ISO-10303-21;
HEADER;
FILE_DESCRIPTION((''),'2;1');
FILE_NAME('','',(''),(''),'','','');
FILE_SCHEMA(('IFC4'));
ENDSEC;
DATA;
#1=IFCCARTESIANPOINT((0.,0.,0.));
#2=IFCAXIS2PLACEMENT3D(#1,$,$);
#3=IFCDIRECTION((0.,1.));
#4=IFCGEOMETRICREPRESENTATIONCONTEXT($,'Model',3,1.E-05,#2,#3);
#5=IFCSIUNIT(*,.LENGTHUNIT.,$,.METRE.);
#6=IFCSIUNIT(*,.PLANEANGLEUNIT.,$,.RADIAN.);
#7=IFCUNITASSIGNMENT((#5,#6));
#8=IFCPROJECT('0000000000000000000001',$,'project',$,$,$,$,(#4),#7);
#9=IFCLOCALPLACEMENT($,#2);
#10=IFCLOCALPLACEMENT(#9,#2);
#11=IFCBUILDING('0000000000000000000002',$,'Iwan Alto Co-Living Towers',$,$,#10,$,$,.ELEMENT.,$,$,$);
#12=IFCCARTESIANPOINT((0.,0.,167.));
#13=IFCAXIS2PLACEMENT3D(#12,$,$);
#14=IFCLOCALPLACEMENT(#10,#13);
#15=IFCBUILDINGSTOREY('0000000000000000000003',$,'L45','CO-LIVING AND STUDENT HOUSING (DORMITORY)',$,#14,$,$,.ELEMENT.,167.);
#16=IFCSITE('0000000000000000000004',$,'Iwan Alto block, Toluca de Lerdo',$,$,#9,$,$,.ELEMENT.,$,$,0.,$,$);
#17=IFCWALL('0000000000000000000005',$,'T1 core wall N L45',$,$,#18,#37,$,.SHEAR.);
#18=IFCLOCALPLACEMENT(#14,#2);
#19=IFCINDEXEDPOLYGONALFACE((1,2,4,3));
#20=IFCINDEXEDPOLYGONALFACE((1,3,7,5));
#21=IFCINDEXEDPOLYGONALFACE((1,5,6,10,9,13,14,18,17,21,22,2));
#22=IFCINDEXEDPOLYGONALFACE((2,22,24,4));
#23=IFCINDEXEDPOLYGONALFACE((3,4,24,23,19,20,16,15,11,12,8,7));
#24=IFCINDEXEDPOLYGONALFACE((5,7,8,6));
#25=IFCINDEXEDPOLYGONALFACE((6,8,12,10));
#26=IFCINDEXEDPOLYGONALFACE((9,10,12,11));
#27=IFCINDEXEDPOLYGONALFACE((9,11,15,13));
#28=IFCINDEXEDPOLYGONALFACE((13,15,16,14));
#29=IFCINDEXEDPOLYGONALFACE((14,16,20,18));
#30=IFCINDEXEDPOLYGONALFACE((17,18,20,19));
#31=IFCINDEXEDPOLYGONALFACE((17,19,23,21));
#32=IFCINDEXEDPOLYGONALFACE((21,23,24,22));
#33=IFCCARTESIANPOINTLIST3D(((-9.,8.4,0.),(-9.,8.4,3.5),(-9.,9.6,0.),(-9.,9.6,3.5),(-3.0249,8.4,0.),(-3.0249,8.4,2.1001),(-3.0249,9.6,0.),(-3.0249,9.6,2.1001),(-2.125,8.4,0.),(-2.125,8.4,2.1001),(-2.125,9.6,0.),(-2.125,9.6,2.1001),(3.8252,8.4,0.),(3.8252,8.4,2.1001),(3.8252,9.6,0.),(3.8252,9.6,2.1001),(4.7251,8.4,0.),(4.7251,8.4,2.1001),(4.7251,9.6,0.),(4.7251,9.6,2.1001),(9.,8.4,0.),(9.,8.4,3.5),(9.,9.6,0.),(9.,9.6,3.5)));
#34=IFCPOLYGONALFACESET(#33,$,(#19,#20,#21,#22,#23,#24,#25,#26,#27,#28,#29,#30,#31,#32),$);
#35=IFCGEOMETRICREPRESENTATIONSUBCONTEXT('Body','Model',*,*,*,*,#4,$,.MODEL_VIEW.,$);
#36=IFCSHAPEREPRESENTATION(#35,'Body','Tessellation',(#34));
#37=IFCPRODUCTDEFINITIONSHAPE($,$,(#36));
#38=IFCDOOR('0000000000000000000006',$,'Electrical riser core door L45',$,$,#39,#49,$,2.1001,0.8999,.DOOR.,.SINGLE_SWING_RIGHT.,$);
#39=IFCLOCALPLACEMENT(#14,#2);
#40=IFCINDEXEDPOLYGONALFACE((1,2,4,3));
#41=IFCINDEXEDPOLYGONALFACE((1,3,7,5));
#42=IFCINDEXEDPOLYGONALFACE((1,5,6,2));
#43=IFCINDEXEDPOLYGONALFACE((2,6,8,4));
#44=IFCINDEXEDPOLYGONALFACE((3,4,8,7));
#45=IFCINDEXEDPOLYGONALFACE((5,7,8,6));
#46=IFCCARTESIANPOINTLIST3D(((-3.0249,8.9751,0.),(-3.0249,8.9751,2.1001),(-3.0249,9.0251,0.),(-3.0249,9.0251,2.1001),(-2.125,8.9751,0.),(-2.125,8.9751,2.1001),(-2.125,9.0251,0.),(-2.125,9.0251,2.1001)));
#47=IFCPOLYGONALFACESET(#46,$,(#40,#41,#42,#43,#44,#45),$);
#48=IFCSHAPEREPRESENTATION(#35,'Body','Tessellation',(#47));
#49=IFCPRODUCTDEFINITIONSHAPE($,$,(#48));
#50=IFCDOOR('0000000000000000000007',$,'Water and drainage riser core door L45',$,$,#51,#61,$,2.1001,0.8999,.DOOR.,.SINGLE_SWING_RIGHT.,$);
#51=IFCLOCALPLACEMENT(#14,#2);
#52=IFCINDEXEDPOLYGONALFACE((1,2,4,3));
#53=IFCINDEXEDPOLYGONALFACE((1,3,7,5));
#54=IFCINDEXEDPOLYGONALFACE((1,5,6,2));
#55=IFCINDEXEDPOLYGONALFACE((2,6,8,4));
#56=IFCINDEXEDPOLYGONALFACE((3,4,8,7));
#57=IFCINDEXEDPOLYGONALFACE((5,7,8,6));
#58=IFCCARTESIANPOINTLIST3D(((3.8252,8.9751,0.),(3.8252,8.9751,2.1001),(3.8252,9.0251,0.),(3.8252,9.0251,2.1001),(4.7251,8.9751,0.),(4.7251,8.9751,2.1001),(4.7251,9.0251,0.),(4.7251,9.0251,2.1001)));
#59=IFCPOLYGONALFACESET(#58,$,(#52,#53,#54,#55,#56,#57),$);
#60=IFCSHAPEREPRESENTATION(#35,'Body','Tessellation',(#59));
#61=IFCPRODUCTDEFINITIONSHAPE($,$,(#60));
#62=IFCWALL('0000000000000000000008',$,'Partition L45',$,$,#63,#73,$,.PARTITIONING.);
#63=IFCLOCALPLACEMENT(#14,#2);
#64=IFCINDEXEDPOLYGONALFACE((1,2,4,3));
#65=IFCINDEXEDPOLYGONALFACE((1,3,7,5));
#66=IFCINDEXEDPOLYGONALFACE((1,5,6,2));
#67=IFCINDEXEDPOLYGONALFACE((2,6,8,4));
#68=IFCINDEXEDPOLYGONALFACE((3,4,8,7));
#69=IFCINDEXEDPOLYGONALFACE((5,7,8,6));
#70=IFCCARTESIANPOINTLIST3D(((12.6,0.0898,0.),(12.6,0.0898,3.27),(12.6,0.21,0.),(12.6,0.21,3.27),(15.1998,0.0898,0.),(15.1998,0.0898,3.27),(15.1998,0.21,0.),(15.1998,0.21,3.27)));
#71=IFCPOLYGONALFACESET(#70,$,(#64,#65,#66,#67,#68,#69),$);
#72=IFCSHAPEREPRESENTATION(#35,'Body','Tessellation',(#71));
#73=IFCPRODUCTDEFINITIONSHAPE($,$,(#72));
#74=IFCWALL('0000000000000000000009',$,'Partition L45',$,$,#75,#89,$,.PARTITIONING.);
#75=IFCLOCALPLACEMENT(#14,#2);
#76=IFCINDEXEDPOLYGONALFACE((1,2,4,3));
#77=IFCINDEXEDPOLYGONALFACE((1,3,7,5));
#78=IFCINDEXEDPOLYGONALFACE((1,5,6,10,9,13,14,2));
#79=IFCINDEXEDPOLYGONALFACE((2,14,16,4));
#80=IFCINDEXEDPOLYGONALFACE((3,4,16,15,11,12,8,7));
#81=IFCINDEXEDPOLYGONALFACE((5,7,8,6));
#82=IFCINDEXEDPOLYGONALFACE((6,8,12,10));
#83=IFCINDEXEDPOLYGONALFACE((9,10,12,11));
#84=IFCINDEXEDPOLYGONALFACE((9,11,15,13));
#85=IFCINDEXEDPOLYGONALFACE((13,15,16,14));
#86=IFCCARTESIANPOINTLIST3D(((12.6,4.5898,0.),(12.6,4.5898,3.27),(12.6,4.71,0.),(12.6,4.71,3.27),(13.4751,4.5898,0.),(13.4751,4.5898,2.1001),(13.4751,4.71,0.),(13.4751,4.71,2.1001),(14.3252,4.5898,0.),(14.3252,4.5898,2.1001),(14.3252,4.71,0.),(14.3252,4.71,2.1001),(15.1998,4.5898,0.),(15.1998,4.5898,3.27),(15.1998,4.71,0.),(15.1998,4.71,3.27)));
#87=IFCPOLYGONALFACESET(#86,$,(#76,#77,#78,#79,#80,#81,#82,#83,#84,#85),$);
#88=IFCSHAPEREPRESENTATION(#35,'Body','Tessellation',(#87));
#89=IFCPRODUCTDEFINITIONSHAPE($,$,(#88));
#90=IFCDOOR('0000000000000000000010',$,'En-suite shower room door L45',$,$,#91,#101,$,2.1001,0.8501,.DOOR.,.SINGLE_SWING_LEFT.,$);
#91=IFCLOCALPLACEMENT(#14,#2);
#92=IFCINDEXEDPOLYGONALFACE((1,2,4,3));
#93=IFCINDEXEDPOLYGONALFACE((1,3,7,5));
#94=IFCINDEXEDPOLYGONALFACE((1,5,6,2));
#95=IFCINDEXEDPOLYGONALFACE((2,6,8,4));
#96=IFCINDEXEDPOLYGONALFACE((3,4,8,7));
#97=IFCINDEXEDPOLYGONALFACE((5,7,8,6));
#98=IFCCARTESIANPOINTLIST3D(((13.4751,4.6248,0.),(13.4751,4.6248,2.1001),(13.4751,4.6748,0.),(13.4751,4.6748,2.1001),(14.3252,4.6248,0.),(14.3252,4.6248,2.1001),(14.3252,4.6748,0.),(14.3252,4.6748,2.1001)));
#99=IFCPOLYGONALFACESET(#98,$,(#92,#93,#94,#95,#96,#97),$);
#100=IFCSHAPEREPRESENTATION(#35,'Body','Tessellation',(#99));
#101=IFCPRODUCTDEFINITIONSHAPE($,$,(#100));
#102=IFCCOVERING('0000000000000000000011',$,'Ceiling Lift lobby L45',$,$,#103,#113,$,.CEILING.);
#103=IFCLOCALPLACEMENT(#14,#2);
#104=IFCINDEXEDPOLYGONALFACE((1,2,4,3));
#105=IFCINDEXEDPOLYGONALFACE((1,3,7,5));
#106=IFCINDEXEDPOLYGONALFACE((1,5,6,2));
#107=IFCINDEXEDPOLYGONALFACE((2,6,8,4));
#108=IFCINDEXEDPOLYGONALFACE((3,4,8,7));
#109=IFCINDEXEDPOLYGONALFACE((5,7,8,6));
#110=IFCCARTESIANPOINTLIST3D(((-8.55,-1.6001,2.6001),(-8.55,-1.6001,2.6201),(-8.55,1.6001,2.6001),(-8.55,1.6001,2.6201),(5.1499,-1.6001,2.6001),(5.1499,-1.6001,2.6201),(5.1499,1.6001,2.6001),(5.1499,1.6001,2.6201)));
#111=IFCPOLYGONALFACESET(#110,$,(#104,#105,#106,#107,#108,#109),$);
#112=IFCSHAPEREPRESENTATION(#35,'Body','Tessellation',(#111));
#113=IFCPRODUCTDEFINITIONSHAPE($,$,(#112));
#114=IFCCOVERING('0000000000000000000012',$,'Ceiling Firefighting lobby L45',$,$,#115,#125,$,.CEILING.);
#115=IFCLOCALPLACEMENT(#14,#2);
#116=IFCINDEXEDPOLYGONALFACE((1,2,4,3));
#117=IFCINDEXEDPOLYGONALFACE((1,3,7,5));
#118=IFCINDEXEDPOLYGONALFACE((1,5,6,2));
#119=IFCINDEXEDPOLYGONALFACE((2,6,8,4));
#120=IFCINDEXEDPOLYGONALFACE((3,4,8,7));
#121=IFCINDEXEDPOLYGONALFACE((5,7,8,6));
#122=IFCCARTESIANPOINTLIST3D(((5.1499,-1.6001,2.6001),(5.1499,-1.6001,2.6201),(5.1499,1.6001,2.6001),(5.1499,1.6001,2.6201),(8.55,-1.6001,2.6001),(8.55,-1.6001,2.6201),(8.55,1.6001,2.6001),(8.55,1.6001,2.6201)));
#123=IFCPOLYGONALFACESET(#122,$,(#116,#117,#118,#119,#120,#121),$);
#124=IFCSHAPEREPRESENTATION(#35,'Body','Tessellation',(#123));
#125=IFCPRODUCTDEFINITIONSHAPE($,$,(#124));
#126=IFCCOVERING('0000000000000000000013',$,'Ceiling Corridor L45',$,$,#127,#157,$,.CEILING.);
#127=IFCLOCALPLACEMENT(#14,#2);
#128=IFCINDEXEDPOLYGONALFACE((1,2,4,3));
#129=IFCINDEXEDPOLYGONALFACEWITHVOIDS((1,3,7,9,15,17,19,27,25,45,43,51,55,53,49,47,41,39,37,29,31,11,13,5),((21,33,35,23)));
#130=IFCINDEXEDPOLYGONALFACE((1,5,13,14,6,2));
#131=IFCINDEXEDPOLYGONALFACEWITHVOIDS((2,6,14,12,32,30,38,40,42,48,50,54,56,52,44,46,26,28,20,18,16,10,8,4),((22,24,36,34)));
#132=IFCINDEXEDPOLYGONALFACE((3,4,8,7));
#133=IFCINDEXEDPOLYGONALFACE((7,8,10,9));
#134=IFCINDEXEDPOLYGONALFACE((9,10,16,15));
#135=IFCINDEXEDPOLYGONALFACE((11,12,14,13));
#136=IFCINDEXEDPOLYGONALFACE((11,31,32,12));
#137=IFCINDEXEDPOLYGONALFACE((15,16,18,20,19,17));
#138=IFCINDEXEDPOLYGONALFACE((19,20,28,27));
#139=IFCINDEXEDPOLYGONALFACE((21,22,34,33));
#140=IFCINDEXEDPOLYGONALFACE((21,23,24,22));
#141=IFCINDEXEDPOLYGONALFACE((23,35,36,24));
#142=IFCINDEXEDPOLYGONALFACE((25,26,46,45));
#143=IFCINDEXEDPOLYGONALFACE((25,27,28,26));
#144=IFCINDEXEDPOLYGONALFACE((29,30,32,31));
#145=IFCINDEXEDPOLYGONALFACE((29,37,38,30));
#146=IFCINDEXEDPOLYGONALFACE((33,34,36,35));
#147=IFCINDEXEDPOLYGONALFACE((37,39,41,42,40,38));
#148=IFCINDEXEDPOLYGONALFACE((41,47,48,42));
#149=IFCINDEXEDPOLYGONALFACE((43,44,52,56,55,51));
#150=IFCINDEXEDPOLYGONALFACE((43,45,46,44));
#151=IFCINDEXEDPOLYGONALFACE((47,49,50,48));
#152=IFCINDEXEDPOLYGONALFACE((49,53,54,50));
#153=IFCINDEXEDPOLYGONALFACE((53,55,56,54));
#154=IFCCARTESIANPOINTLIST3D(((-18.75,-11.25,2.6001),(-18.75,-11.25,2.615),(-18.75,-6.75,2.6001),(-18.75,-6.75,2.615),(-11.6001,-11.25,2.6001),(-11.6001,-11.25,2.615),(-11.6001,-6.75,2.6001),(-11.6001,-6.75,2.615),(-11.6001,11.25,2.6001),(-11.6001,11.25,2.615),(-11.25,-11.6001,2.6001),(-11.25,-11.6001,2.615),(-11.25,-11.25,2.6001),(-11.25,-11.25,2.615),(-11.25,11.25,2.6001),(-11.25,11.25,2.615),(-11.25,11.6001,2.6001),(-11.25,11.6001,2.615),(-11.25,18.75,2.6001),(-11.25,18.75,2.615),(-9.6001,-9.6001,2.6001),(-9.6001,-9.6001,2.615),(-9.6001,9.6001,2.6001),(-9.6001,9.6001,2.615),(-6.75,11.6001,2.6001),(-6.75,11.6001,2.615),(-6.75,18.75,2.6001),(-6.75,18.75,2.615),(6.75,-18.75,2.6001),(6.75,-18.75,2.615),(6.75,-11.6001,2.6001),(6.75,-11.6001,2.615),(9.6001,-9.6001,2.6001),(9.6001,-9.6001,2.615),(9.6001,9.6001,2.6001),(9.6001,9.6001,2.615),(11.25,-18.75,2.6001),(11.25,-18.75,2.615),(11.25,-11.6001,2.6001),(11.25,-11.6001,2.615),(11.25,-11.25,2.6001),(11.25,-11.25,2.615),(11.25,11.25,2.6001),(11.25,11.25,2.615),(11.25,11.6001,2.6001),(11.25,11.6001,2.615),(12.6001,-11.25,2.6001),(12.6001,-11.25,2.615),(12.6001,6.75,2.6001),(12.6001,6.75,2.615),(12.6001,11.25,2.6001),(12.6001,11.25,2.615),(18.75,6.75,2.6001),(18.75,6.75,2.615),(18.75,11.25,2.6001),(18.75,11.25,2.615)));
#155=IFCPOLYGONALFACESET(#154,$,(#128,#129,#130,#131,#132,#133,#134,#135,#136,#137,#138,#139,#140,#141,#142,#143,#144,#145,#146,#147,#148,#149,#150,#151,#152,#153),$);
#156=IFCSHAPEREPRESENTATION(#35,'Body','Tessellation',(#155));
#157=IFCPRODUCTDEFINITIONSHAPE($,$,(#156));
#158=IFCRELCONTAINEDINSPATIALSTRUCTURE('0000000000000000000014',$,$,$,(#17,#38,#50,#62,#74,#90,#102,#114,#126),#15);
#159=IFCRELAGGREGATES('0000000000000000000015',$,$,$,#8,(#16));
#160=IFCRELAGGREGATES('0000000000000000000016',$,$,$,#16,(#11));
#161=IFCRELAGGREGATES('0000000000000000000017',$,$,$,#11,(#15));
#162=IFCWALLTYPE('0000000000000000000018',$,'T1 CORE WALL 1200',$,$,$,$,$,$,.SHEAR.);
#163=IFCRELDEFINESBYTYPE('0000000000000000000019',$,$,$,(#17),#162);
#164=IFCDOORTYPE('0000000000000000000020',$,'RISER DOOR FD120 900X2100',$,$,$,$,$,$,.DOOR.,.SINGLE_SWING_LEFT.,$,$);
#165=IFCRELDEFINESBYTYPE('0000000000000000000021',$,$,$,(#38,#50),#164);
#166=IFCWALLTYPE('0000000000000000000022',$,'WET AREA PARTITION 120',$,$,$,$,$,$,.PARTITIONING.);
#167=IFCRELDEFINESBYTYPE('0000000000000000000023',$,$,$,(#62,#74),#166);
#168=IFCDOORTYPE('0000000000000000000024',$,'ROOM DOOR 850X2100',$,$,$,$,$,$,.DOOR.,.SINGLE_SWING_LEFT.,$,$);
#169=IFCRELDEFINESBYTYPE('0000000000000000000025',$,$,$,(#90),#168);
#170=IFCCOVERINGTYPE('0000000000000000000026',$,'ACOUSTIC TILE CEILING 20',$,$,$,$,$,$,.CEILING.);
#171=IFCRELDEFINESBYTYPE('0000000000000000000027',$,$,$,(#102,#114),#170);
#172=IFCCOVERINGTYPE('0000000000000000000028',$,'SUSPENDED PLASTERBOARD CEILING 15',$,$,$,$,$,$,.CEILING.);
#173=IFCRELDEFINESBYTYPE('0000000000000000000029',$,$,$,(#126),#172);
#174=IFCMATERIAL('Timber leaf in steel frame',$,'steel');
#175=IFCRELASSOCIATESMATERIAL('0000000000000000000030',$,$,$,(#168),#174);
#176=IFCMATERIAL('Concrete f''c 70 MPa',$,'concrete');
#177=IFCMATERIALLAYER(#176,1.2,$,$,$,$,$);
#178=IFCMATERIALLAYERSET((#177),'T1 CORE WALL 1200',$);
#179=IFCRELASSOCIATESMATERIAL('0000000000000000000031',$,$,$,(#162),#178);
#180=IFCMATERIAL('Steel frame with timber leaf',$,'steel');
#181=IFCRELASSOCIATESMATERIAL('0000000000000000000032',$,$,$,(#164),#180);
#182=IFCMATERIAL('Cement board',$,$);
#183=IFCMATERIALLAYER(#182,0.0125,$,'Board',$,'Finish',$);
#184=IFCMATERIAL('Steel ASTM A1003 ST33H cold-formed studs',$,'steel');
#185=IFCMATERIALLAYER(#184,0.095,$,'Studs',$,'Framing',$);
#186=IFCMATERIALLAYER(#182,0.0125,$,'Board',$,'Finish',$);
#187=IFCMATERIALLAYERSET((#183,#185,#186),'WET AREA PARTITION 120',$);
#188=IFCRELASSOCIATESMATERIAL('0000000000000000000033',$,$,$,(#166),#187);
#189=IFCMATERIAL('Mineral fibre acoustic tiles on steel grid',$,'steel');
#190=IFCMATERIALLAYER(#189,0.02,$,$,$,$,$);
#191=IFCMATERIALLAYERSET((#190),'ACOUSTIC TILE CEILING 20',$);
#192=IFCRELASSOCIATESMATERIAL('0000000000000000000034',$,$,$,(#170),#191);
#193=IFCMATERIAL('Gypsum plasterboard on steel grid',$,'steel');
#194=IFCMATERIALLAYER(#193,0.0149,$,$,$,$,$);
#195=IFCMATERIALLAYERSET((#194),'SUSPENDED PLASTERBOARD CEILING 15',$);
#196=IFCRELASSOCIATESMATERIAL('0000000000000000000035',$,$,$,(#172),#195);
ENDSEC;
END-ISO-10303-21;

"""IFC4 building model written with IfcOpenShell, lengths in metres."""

from ifc_helpers import new_model, si_unit, direction, frame, frame_2d, origin, place, context, subcontext, project, spatial, polyline, rectangle, outline, extrude, material, layer, layer_set, type_object, element, fill, save


model = new_model("IFC4")

# Units and contexts
model_context = context("Model", 3, precision=1e-05, world=origin(), true_north=direction((0.0, 1.0)))
body_context = subcontext(model_context, "Body", "Model", "MODEL_VIEW")
ifc_project = project(units=[si_unit("LENGTHUNIT", "METRE"), si_unit("PLANEANGLEUNIT", "RADIAN")], contexts=[model_context])

# Site, building, storey
site_placement = place(None, origin())
site = spatial("IfcSite", under=ifc_project, at=site_placement, Name="Iwan Alto block, Toluca de Lerdo", CompositionType="ELEMENT", RefElevation=0.0)
building_placement = place(site_placement, origin())
building = spatial("IfcBuilding", under=site, at=building_placement, Name="Iwan Alto Co-Living Towers", CompositionType="ELEMENT")
storey_placement = place(building_placement, frame((0.0, 0.0, 167.0)))
storey = spatial("IfcBuildingStorey", under=building, at=storey_placement, Name="L45", Description="CO-LIVING AND STUDENT HOUSING (DORMITORY)", CompositionType="ELEMENT", Elevation=167.0)

# Shared definitions
ifc_material_1 = material(Name="Steel ASTM A1003 ST33H cold-formed studs", Category="steel")
ifc_material_2 = material(Name="Timber leaf in steel frame", Category="steel")
door_type_1 = type_object("IfcDoorType", Name="ROOM DOOR 850X2100", OperationType="SINGLE_SWING_LEFT", PredefinedType="DOOR", material=ifc_material_2)

# Wall, openings, doors
ifc_material_3 = material(Name="Concrete f'c 70 MPa", Category="concrete")
ifc_layer_1 = layer(ifc_material_3, 1.2)
ifc_layer_set_1 = layer_set([ifc_layer_1], Name="T1 CORE WALL 1200")
wall_type_1 = type_object("IfcWallType", Name="T1 CORE WALL 1200", PredefinedType="SHEAR", material=ifc_layer_set_1)
wall_1_placement = place(storey_placement, frame((9.0, 9.0, 0.0), z_axis=(0.0, 0.0, 1.0), x_axis=(-1.0, 0.0, 0.0)))
wall_1 = element("IfcWall", 1, at=wall_1_placement, inside=storey, type_object=wall_type_1, Name="T1 core wall N L45", PredefinedType="SHEAR", context=body_context, shape_type="SweptSolid", body=[
    extrude(rectangle(XDim=18.0, YDim=1.2, at=frame_2d((9.0, 0.0))), origin(), (0.0, 0.0, 1.0), 3.5),
])
opening_1_placement = place(wall_1_placement, frame((11.125, 0.0, 0.0)))
opening_1 = element("IfcOpeningElement", 2, at=opening_1_placement, cuts=wall_1, PredefinedType="OPENING", context=body_context, shape_type="SweptSolid", body=[
    extrude(rectangle(XDim=0.8999, YDim=2.1001, at=frame_2d((0.45, 1.05))), frame((0.0, 0.6099, 0.0), z_axis=(0.0, -1.0, 0.0), x_axis=(1.0, 0.0, 0.0)), (0.0, 0.0, 1.0), 1.22),
])
opening_2_placement = place(wall_1_placement, frame((4.2749, 0.0, 0.0)))
opening_2 = element("IfcOpeningElement", 3, at=opening_2_placement, cuts=wall_1, PredefinedType="OPENING", context=body_context, shape_type="SweptSolid", body=[
    extrude(rectangle(XDim=0.8999, YDim=2.1001, at=frame_2d((0.45, 1.05))), frame((0.0, 0.6099, 0.0), z_axis=(0.0, -1.0, 0.0), x_axis=(1.0, 0.0, 0.0)), (0.0, 0.0, 1.0), 1.22),
])
ifc_material_4 = material(Name="Steel frame with timber leaf", Category="steel")
door_type_2 = type_object("IfcDoorType", Name="RISER DOOR FD120 900X2100", OperationType="SINGLE_SWING_LEFT", PredefinedType="DOOR", material=ifc_material_4)
door_1_placement = place(opening_1_placement, origin())
door_1 = element("IfcDoor", 4, at=door_1_placement, inside=storey, type_object=door_type_2, Name="Electrical riser core door L45", OperationType="SINGLE_SWING_RIGHT", OverallHeight=2.1001, OverallWidth=0.8999, PredefinedType="DOOR", context=body_context, shape_type="SweptSolid", body=[
    extrude(rectangle(XDim=0.8999, YDim=2.1001, at=frame_2d((0.45, 1.05))), frame((0.0, 0.0249, 0.0), z_axis=(0.0, -1.0, 0.0), x_axis=(1.0, 0.0, 0.0)), (0.0, 0.0, 1.0), 0.05),
])
fill(opening_1, door_1)
door_2_placement = place(opening_2_placement, origin())
door_2 = element("IfcDoor", 5, at=door_2_placement, inside=storey, type_object=door_type_2, Name="Water and drainage riser core door L45", OperationType="SINGLE_SWING_RIGHT", OverallHeight=2.1001, OverallWidth=0.8999, PredefinedType="DOOR", context=body_context, shape_type="SweptSolid", body=[
    extrude(rectangle(XDim=0.8999, YDim=2.1001, at=frame_2d((0.45, 1.05))), frame((0.0, 0.0249, 0.0), z_axis=(0.0, -1.0, 0.0), x_axis=(1.0, 0.0, 0.0)), (0.0, 0.0, 1.0), 0.05),
])
fill(opening_2, door_2)

# Wall
ifc_material_5 = material(Name="Cement board")
ifc_layer_2 = layer(ifc_material_5, 0.0125, Name="Board", Category="Finish")
ifc_layer_3 = layer(ifc_material_1, 0.095, Name="Studs", Category="Framing")
ifc_layer_4 = layer(ifc_material_5, 0.0125, Name="Board", Category="Finish")
ifc_layer_set_2 = layer_set([ifc_layer_2, ifc_layer_3, ifc_layer_4], Name="WET AREA PARTITION 120")
wall_type_2 = type_object("IfcWallType", Name="WET AREA PARTITION 120", PredefinedType="PARTITIONING", material=ifc_layer_set_2)
wall_2_placement = place(storey_placement, frame((12.6001, 0.1499, 0.0), z_axis=(0.0, 0.0, 1.0), x_axis=(1.0, 0.0, 0.0)))
element("IfcWall", 6, at=wall_2_placement, inside=storey, type_object=wall_type_2, Name="Partition L45", PredefinedType="PARTITIONING", context=body_context, shape_type="SweptSolid", body=[
    extrude(rectangle(XDim=2.5999, YDim=0.1201, at=frame_2d((1.2998, 0.0))), origin(), (0.0, 0.0, 1.0), 3.27),
])

# Wall, opening, door
wall_3_placement = place(storey_placement, frame((12.6001, 4.6499, 0.0), z_axis=(0.0, 0.0, 1.0), x_axis=(1.0, 0.0, 0.0)))
wall_3 = element("IfcWall", 7, at=wall_3_placement, inside=storey, type_object=wall_type_2, Name="Partition L45", PredefinedType="PARTITIONING", context=body_context, shape_type="SweptSolid", body=[
    extrude(rectangle(XDim=2.5999, YDim=0.1201, at=frame_2d((1.2998, 0.0))), origin(), (0.0, 0.0, 1.0), 3.27),
])
opening_3_placement = place(wall_3_placement, frame((0.875, 0.0, 0.0)))
opening_3 = element("IfcOpeningElement", 8, at=opening_3_placement, cuts=wall_3, PredefinedType="OPENING", context=body_context, shape_type="SweptSolid", body=[
    extrude(rectangle(XDim=0.8501, YDim=2.1001, at=frame_2d((0.425, 1.05))), frame((0.0, 0.0701, 0.0), z_axis=(0.0, -1.0, 0.0), x_axis=(1.0, 0.0, 0.0)), (0.0, 0.0, 1.0), 0.1401),
])
door_3_placement = place(opening_3_placement, origin())
door_3 = element("IfcDoor", 9, at=door_3_placement, inside=storey, type_object=door_type_1, Name="En-suite shower room door L45", OperationType="SINGLE_SWING_LEFT", OverallHeight=2.1001, OverallWidth=0.8501, PredefinedType="DOOR", context=body_context, shape_type="SweptSolid", body=[
    extrude(rectangle(XDim=0.8501, YDim=2.1001, at=frame_2d((0.425, 1.05))), frame((0.0, 0.0249, 0.0), z_axis=(0.0, -1.0, 0.0), x_axis=(1.0, 0.0, 0.0)), (0.0, 0.0, 1.0), 0.05),
])
fill(opening_3, door_3)

# Coverings
ifc_material_6 = material(Name="Mineral fibre acoustic tiles on steel grid", Category="steel")
ifc_layer_5 = layer(ifc_material_6, 0.02)
ifc_layer_set_3 = layer_set([ifc_layer_5], Name="ACOUSTIC TILE CEILING 20")
covering_type_1 = type_object("IfcCoveringType", Name="ACOUSTIC TILE CEILING 20", PredefinedType="CEILING", material=ifc_layer_set_3)
covering_1_placement = place(storey_placement, frame((0.0, 0.0, 2.6001)))
element("IfcCovering", 10, at=covering_1_placement, inside=storey, type_object=covering_type_1, Name="Ceiling Lift lobby L45", PredefinedType="CEILING", context=body_context, shape_type="SweptSolid", body=[
    extrude(outline(polyline([(-8.55, -1.6001), (-8.55, 1.6001), (5.1499, 1.6001), (5.1499, -1.6001), (-8.55, -1.6001)])), origin(), (0.0, 0.0, 1.0), 0.02),
])
covering_2_placement = place(storey_placement, frame((0.0, 0.0, 2.6001)))
element("IfcCovering", 11, at=covering_2_placement, inside=storey, type_object=covering_type_1, Name="Ceiling Firefighting lobby L45", PredefinedType="CEILING", context=body_context, shape_type="SweptSolid", body=[
    extrude(outline(polyline([(5.1499, -1.6001), (5.1499, 1.6001), (8.55, 1.6001), (8.55, -1.6001), (5.1499, -1.6001)])), origin(), (0.0, 0.0, 1.0), 0.02),
])
ifc_material_7 = material(Name="Gypsum plasterboard on steel grid", Category="steel")
ifc_layer_6 = layer(ifc_material_7, 0.0149)
ifc_layer_set_4 = layer_set([ifc_layer_6], Name="SUSPENDED PLASTERBOARD CEILING 15")
covering_type_2 = type_object("IfcCoveringType", Name="SUSPENDED PLASTERBOARD CEILING 15", PredefinedType="CEILING", material=ifc_layer_set_4)
covering_3_placement = place(storey_placement, frame((0.0, 0.0, 2.6001)))
element("IfcCovering", 12, at=covering_3_placement, inside=storey, type_object=covering_type_2, Name="Ceiling Corridor L45", PredefinedType="CEILING", context=body_context, shape_type="SweptSolid", body=[
    extrude(outline(polyline([(-18.75, -11.25), (-18.75, -6.75), (-11.6001, -6.75), (-11.6001, 11.25), (-11.25, 11.25), (-11.25, 11.6001), (-11.25, 18.75), (-6.75, 18.75), (-6.75, 11.6001), (11.25, 11.6001), (11.25, 11.25), (12.6001, 11.25), (18.75, 11.25), (18.75, 6.75), (12.6001, 6.75), (12.6001, -11.25), (11.25, -11.25), (11.25, -11.6001), (11.25, -18.75), (6.75, -18.75), (6.75, -11.6001), (-11.25, -11.6001), (-11.25, -11.25), (-11.6001, -11.25), (-18.75, -11.25)]), holes=[polyline([(9.6001, 9.6001), (-9.6001, 9.6001), (-9.6001, -9.6001), (9.6001, -9.6001), (9.6001, 9.6001)])]), origin(), (0.0, 0.0, 1.0), 0.0149),
])

save(model, "model.ifc")
